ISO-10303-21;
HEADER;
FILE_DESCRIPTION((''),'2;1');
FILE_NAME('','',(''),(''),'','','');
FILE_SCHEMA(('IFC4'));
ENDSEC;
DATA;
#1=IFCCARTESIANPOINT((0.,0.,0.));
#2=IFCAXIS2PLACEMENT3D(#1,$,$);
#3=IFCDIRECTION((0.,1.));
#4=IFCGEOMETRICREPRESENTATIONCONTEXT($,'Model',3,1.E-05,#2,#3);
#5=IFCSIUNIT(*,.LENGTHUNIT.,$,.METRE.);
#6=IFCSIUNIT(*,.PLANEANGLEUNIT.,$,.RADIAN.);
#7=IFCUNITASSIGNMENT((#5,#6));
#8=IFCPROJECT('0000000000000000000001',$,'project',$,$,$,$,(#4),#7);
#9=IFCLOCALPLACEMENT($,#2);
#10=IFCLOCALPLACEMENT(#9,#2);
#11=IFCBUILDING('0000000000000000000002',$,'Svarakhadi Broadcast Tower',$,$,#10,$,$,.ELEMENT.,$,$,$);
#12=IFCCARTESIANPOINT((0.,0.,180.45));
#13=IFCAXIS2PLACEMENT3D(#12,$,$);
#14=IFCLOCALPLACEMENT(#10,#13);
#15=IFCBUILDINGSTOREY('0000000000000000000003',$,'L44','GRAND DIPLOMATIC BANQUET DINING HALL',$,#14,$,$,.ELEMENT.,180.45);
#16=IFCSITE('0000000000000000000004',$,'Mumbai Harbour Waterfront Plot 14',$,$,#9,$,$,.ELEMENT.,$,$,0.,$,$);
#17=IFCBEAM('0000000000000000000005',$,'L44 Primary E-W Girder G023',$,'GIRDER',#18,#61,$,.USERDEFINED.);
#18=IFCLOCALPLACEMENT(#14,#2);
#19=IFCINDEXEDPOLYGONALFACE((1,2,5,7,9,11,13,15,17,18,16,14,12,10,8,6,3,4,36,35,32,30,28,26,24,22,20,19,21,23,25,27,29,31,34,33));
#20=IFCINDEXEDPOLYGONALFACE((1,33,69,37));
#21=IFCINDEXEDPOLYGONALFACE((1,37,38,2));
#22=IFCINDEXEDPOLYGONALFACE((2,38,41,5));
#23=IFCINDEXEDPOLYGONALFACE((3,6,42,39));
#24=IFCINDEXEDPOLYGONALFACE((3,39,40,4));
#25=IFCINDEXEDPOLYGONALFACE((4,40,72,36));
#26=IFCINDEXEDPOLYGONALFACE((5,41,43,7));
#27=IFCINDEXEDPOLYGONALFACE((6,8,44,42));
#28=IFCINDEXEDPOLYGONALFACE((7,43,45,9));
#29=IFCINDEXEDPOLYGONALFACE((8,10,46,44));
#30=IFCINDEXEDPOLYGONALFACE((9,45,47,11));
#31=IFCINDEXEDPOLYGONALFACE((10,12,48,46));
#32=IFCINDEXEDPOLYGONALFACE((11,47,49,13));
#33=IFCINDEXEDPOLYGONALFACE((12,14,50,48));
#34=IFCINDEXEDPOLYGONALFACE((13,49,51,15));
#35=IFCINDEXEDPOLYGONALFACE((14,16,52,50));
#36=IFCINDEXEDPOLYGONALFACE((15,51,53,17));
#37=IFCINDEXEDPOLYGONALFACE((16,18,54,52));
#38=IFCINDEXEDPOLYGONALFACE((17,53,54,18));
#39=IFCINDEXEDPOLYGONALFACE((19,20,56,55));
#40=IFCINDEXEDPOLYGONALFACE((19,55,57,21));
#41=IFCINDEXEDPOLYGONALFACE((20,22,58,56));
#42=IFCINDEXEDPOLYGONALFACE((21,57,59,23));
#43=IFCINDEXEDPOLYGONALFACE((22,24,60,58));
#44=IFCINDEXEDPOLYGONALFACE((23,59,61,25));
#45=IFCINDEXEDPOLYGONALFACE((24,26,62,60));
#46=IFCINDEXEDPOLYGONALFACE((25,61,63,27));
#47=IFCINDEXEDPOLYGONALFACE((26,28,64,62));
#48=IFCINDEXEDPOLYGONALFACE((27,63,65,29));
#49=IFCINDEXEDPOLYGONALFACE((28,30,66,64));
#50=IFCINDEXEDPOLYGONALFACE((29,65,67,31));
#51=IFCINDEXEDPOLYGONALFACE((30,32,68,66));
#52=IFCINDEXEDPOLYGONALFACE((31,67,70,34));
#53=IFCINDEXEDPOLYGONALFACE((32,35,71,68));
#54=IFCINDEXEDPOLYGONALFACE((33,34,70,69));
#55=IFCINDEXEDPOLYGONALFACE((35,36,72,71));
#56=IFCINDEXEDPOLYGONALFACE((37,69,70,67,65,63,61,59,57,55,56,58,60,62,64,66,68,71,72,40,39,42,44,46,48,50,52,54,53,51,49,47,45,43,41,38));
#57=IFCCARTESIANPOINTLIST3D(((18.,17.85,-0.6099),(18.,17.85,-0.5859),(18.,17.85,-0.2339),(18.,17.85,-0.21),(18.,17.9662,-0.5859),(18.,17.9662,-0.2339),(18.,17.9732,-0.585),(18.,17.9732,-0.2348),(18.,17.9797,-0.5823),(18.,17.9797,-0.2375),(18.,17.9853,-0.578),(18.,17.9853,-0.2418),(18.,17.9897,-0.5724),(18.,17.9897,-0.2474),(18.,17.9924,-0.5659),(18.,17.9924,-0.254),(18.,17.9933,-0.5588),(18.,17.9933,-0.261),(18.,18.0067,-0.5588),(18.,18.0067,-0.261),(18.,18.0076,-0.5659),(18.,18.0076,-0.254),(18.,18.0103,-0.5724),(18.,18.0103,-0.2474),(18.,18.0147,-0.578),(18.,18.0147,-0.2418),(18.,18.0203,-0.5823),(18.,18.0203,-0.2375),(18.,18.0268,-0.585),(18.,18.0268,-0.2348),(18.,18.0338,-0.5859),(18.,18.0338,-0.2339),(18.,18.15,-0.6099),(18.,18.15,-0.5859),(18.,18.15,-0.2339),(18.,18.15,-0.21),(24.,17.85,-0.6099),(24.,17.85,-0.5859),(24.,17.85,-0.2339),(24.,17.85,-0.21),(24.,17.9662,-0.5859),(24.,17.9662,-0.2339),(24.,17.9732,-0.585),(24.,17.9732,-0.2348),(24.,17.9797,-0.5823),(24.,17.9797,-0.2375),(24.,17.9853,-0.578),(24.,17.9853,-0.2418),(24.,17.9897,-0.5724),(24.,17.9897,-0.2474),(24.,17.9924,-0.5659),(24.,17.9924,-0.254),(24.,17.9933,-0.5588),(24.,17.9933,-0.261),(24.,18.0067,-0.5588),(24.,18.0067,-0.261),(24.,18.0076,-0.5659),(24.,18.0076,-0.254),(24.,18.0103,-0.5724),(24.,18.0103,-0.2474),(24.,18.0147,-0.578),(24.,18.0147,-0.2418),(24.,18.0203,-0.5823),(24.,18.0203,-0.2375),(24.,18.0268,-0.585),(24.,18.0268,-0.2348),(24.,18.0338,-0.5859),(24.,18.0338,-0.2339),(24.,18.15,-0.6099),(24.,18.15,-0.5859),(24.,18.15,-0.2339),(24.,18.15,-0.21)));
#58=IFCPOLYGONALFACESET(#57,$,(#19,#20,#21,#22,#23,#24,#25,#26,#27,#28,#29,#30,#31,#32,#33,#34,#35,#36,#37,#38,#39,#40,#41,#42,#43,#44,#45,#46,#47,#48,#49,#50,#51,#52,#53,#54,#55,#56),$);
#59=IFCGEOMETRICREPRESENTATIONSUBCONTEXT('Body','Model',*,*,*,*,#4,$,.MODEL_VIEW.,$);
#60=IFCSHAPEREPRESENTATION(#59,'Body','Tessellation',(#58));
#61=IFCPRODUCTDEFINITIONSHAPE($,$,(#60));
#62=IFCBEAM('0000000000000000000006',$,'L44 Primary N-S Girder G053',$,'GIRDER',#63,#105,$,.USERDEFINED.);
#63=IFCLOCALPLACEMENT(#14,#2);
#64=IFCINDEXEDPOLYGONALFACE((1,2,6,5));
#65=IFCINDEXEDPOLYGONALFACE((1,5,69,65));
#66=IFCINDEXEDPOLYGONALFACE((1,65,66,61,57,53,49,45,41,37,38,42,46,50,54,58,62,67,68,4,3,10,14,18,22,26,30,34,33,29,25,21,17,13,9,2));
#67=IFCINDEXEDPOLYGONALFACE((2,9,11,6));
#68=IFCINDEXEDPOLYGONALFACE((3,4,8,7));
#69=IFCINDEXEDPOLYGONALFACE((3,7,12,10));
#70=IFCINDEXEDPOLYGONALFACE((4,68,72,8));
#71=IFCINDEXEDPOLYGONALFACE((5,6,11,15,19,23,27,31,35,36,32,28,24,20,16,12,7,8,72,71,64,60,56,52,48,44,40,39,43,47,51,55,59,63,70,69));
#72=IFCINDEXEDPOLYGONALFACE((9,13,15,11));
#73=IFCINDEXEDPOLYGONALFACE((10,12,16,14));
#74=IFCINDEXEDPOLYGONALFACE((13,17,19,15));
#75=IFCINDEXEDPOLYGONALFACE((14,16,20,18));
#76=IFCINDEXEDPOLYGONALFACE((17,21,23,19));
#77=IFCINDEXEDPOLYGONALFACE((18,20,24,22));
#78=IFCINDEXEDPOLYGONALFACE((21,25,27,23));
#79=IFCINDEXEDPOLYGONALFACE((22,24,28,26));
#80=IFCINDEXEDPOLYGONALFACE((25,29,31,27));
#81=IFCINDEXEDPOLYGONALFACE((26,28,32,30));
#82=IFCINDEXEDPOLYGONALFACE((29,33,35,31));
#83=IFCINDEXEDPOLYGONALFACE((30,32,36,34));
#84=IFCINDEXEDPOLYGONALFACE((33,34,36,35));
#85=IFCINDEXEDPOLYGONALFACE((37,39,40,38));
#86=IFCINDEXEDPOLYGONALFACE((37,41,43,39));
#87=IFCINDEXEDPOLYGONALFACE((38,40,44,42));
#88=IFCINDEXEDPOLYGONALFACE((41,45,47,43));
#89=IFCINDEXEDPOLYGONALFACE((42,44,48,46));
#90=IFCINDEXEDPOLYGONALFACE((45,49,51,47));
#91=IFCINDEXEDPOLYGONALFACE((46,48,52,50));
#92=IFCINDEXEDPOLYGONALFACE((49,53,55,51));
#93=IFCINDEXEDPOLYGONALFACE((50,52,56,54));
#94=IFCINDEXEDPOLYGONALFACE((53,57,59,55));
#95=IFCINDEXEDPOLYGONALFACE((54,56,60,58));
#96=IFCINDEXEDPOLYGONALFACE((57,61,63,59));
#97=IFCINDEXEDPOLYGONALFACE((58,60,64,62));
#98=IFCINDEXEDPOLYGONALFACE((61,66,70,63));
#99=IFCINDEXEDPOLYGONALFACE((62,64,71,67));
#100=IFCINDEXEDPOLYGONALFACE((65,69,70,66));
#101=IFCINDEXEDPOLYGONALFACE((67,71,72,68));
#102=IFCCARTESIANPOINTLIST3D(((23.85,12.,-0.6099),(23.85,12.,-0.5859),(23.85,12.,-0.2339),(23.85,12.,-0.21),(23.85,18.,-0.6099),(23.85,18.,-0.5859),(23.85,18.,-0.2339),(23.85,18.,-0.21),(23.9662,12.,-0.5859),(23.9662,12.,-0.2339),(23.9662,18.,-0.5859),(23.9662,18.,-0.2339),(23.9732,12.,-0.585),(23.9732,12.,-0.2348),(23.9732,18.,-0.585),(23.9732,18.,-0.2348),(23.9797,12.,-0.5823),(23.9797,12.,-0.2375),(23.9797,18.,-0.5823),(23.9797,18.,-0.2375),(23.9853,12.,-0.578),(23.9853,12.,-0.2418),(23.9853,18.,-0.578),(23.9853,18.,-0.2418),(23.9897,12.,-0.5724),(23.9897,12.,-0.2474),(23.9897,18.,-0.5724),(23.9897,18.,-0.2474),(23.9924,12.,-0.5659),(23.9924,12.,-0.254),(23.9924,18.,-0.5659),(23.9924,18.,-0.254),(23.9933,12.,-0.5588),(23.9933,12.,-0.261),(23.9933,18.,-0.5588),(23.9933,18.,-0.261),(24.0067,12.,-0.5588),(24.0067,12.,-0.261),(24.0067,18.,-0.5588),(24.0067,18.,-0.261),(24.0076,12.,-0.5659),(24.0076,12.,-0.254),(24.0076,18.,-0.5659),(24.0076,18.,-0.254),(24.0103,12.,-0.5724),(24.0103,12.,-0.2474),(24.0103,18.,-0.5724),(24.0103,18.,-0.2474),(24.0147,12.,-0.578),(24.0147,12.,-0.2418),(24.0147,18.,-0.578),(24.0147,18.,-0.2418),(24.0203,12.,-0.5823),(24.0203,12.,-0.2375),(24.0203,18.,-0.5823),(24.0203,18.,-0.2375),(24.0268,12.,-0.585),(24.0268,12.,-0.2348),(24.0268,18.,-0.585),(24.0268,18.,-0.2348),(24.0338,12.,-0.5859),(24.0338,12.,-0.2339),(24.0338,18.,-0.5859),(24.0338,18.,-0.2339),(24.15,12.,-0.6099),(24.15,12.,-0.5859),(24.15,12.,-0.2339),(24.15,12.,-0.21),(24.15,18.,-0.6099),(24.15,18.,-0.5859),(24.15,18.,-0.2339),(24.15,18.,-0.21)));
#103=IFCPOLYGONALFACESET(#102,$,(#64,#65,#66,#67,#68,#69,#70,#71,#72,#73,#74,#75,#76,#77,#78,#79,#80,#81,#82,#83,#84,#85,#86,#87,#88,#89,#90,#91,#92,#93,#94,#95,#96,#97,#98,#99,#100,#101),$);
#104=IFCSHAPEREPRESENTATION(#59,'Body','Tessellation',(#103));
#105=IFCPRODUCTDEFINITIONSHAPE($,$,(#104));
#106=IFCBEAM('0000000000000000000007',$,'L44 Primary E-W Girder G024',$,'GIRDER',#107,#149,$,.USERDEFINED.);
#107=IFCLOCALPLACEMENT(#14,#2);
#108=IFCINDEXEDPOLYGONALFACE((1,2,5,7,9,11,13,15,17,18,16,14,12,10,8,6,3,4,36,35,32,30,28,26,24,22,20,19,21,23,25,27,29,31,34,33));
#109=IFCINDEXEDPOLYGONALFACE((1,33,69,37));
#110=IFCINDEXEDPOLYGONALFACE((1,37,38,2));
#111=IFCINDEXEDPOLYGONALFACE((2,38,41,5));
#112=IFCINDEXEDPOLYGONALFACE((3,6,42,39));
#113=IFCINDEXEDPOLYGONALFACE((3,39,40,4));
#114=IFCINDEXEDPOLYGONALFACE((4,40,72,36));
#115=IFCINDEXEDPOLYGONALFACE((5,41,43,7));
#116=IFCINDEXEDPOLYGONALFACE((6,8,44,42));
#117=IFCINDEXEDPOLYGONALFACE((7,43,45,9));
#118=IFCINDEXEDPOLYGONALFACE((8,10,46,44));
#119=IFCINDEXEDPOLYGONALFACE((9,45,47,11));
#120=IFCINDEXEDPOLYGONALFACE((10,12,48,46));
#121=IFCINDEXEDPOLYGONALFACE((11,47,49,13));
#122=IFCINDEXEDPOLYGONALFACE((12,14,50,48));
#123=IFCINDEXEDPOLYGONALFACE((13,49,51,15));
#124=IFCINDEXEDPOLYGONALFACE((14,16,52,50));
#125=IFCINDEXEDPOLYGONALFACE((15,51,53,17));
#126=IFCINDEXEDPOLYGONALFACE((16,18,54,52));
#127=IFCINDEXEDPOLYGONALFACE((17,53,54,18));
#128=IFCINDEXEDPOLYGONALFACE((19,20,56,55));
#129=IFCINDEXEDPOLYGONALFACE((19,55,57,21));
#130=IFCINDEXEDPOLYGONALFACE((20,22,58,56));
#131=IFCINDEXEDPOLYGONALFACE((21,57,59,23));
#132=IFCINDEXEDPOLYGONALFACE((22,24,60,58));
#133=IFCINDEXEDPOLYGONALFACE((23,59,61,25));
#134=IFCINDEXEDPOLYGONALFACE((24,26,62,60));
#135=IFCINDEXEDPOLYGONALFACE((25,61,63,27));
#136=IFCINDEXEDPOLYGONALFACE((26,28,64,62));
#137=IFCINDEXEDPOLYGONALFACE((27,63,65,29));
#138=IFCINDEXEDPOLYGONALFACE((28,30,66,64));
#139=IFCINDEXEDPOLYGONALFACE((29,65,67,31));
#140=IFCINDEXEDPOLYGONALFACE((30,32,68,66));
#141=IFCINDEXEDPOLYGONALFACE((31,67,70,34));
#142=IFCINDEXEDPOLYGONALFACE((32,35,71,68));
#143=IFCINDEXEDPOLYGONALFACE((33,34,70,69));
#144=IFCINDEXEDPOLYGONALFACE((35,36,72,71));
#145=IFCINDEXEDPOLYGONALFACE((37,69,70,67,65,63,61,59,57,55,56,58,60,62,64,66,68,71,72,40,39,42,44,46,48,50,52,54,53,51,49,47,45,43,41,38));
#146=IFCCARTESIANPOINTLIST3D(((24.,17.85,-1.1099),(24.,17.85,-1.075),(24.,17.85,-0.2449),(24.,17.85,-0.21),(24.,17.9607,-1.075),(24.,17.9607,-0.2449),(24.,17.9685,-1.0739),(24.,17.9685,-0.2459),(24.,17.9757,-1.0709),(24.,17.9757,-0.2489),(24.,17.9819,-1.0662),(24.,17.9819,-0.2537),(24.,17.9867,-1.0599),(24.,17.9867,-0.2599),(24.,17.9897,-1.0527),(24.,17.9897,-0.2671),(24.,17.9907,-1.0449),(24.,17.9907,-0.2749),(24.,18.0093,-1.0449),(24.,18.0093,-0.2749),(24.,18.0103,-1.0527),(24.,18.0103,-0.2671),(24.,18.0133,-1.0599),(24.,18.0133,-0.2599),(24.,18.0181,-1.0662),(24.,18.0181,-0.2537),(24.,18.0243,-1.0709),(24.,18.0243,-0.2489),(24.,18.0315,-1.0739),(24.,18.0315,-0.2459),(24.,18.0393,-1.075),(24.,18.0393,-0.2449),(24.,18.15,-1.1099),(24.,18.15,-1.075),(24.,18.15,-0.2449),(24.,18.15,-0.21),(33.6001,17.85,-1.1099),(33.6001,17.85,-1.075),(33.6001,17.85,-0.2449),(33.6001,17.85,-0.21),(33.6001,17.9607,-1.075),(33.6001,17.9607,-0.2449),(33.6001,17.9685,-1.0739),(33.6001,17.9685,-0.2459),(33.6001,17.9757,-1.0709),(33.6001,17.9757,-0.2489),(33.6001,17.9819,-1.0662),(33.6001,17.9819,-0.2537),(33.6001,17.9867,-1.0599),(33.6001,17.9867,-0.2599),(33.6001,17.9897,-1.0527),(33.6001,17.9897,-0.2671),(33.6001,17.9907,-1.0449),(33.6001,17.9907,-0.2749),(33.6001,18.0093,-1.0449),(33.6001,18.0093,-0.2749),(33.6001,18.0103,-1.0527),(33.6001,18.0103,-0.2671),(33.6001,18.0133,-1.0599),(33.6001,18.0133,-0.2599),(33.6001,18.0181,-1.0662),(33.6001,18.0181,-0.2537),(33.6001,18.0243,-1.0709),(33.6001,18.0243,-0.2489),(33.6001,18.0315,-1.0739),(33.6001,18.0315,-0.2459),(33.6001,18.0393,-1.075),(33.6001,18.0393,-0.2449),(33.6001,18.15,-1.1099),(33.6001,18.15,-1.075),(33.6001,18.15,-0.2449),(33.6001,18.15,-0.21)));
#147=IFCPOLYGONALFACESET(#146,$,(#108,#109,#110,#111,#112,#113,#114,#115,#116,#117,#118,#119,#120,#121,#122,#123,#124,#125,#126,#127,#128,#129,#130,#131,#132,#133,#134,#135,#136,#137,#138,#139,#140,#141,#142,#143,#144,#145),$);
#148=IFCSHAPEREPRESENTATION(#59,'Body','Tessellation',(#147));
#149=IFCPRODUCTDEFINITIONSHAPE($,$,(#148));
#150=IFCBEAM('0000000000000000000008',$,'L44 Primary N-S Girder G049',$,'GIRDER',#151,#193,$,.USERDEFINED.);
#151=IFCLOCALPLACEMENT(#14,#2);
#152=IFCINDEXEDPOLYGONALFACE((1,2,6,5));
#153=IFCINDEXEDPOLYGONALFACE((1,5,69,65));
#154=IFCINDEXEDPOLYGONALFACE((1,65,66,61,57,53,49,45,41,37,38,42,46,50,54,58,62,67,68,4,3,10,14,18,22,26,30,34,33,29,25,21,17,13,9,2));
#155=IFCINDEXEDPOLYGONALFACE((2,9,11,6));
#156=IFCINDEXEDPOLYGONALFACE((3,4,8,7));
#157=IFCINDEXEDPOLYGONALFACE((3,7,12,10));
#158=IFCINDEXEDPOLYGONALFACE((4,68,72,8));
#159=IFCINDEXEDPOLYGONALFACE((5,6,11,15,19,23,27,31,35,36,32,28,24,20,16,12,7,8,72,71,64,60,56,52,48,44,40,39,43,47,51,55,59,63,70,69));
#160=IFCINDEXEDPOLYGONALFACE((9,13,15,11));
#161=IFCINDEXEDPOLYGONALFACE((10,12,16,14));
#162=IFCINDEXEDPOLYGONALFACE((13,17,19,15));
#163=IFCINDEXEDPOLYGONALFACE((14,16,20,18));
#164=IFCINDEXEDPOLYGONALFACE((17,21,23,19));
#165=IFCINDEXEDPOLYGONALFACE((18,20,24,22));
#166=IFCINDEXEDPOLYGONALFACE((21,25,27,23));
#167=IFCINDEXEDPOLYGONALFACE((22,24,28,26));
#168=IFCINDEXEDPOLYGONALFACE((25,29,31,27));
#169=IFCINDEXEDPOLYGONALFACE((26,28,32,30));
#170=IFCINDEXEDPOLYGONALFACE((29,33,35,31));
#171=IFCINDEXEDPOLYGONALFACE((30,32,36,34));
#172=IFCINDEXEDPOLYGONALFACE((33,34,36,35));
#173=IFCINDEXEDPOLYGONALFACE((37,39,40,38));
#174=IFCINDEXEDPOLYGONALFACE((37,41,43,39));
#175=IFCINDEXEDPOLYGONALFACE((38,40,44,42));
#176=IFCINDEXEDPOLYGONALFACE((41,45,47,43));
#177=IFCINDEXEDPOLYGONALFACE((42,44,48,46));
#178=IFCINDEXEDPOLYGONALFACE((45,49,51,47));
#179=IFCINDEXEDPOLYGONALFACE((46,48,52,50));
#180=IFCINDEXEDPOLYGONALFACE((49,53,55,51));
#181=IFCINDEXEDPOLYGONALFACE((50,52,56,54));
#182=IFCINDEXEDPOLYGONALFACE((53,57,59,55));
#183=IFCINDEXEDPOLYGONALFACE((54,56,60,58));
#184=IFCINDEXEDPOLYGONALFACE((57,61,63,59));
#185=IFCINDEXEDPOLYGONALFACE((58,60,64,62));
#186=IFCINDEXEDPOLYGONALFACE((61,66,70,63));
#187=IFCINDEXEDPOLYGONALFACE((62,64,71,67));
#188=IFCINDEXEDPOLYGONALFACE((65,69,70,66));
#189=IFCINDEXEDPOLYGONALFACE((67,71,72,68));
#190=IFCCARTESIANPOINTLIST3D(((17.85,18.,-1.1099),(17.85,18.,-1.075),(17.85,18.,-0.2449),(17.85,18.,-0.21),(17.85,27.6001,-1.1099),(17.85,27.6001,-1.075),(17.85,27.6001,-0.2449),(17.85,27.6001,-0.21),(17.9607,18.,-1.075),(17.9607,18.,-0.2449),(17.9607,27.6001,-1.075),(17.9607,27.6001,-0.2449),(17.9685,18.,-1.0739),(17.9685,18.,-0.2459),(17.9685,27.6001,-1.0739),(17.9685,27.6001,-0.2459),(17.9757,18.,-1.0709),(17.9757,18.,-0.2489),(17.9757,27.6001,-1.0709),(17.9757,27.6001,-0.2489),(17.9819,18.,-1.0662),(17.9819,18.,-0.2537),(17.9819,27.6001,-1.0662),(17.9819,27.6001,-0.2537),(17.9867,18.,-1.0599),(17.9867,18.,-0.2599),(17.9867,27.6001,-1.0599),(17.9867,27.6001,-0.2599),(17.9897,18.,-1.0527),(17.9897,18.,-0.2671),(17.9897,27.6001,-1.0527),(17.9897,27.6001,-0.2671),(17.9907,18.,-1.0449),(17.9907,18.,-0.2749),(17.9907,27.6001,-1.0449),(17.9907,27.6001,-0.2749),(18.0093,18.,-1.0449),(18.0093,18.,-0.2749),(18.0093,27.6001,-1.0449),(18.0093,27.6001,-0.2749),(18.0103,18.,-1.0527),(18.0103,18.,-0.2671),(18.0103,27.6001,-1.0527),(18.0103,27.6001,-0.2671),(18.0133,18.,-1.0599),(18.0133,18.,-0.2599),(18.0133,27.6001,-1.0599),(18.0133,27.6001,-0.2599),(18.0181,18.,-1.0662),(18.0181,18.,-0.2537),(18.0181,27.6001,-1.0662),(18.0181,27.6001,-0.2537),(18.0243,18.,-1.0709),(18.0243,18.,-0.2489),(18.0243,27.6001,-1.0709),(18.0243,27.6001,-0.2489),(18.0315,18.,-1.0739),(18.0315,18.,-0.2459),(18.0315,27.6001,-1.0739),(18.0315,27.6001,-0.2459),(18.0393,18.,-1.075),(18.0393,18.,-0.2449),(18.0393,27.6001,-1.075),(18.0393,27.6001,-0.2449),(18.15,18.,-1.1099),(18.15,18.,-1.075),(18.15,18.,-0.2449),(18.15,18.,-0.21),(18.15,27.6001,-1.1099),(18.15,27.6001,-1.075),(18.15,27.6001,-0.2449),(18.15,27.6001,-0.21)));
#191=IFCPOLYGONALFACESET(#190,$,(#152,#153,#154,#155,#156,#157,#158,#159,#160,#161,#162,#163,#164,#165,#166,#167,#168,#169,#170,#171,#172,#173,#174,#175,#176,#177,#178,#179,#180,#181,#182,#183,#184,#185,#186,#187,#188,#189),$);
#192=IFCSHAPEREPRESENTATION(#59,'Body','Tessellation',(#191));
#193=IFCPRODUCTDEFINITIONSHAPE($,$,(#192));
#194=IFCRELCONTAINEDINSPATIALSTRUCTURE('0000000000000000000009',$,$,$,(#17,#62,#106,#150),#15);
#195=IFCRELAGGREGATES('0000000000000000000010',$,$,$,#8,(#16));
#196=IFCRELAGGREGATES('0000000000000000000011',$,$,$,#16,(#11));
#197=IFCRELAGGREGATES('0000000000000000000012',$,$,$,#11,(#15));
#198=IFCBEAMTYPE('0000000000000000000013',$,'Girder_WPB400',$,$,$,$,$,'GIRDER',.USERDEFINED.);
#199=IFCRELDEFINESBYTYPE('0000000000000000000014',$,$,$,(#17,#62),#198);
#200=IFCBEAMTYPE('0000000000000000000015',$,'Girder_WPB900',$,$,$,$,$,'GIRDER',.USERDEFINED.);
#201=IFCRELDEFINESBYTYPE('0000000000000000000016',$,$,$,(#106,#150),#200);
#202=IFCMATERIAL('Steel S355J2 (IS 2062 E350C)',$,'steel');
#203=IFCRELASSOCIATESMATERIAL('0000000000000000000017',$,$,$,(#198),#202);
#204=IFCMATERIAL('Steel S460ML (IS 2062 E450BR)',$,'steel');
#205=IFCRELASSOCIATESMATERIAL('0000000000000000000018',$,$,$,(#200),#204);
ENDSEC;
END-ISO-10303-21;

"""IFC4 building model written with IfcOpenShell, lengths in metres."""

from ifc_helpers import new_model, si_unit, direction, frame, origin, origin_2d, place, context, subcontext, project, spatial, i_section, extrude, material, material_profile, profile_set, type_object, element, save


model = new_model("IFC4")

# Units and contexts
model_context = context("Model", 3, precision=1e-05, world=origin(), true_north=direction((0.0, 1.0)))
body_context = subcontext(model_context, "Body", "Model", "MODEL_VIEW")
ifc_project = project(units=[si_unit("LENGTHUNIT", "METRE"), si_unit("PLANEANGLEUNIT", "RADIAN")], contexts=[model_context])

# Site, building, storey
site_placement = place(None, origin())
site = spatial("IfcSite", under=ifc_project, at=site_placement, Name="Mumbai Harbour Waterfront Plot 14", CompositionType="ELEMENT", RefElevation=0.0)
building_placement = place(site_placement, origin())
building = spatial("IfcBuilding", under=site, at=building_placement, Name="Svarakhadi Broadcast Tower", CompositionType="ELEMENT")
storey_placement = place(building_placement, frame((0.0, 0.0, 180.45)))
storey = spatial("IfcBuildingStorey", under=building, at=storey_placement, Name="L44", Description="GRAND DIPLOMATIC BANQUET DINING HALL", CompositionType="ELEMENT", Elevation=180.45)

# Shared definitions
ifc_material_1 = material(Name="Steel S355J2 (IS 2062 E350C)", Category="steel")

# Beams
ifc_material_profile_1 = material_profile(ifc_material_1, i_section(OverallWidth=0.3, OverallDepth=0.3999, WebThickness=0.0134, FlangeThickness=0.0239, FilletRadius=0.0271, at=origin_2d()), Name="WPB 400x300x155")
ifc_profile_set_1 = profile_set([ifc_material_profile_1], Name="Steel S355J2 (IS 2062 E350C)")
beam_type_1 = type_object("IfcBeamType", Name="Girder_WPB400", ElementType="GIRDER", PredefinedType="USERDEFINED", material=ifc_profile_set_1)
for number, where, z_axis, x_axis, name in (
    (1, (18.0, 18.0, -0.4099), (1.0, 0.0, 0.0), (0.0, 1.0, 0.0), "L44 Primary E-W Girder G023"),
    (2, (24.0, 12.0, -0.4099), (0.0, 1.0, 0.0), (-1.0, 0.0, 0.0), "L44 Primary N-S Girder G053"),
):
    element("IfcBeam", number, at=place(storey_placement, frame(where, z_axis=z_axis, x_axis=x_axis)), inside=storey, type_object=beam_type_1, Name=name, ObjectType="GIRDER", PredefinedType="USERDEFINED", context=body_context, shape_type="SweptSolid", body=[
        extrude(i_section(OverallWidth=0.3, OverallDepth=0.3999, WebThickness=0.0134, FlangeThickness=0.0239, FilletRadius=0.0271, at=origin_2d()), origin(), (0.0, 0.0, 1.0), 6.0),
    ])
ifc_material_2 = material(Name="Steel S460ML (IS 2062 E450BR)", Category="steel")
ifc_material_profile_2 = material_profile(ifc_material_2, i_section(OverallWidth=0.3, OverallDepth=0.8999, WebThickness=0.0186, FlangeThickness=0.0349, FilletRadius=0.03, at=origin_2d()), Name="WPB 900x300x291")
ifc_profile_set_2 = profile_set([ifc_material_profile_2], Name="Steel S460ML (IS 2062 E450BR)")
beam_type_2 = type_object("IfcBeamType", Name="Girder_WPB900", ElementType="GIRDER", PredefinedType="USERDEFINED", material=ifc_profile_set_2)
for number, where, z_axis, x_axis, name in (
    (3, (24.0, 18.0, -0.6599), (1.0, 0.0, 0.0), (0.0, 1.0, 0.0), "L44 Primary E-W Girder G024"),
    (4, (18.0, 18.0, -0.6599), (0.0, 1.0, 0.0), (-1.0, 0.0, 0.0), "L44 Primary N-S Girder G049"),
):
    element("IfcBeam", number, at=place(storey_placement, frame(where, z_axis=z_axis, x_axis=x_axis)), inside=storey, type_object=beam_type_2, Name=name, ObjectType="GIRDER", PredefinedType="USERDEFINED", context=body_context, shape_type="SweptSolid", body=[
        extrude(i_section(OverallWidth=0.3, OverallDepth=0.8999, WebThickness=0.0186, FlangeThickness=0.0349, FilletRadius=0.03, at=origin_2d()), origin(), (0.0, 0.0, 1.0), 9.6001),
    ])

save(model, "model.ifc")
